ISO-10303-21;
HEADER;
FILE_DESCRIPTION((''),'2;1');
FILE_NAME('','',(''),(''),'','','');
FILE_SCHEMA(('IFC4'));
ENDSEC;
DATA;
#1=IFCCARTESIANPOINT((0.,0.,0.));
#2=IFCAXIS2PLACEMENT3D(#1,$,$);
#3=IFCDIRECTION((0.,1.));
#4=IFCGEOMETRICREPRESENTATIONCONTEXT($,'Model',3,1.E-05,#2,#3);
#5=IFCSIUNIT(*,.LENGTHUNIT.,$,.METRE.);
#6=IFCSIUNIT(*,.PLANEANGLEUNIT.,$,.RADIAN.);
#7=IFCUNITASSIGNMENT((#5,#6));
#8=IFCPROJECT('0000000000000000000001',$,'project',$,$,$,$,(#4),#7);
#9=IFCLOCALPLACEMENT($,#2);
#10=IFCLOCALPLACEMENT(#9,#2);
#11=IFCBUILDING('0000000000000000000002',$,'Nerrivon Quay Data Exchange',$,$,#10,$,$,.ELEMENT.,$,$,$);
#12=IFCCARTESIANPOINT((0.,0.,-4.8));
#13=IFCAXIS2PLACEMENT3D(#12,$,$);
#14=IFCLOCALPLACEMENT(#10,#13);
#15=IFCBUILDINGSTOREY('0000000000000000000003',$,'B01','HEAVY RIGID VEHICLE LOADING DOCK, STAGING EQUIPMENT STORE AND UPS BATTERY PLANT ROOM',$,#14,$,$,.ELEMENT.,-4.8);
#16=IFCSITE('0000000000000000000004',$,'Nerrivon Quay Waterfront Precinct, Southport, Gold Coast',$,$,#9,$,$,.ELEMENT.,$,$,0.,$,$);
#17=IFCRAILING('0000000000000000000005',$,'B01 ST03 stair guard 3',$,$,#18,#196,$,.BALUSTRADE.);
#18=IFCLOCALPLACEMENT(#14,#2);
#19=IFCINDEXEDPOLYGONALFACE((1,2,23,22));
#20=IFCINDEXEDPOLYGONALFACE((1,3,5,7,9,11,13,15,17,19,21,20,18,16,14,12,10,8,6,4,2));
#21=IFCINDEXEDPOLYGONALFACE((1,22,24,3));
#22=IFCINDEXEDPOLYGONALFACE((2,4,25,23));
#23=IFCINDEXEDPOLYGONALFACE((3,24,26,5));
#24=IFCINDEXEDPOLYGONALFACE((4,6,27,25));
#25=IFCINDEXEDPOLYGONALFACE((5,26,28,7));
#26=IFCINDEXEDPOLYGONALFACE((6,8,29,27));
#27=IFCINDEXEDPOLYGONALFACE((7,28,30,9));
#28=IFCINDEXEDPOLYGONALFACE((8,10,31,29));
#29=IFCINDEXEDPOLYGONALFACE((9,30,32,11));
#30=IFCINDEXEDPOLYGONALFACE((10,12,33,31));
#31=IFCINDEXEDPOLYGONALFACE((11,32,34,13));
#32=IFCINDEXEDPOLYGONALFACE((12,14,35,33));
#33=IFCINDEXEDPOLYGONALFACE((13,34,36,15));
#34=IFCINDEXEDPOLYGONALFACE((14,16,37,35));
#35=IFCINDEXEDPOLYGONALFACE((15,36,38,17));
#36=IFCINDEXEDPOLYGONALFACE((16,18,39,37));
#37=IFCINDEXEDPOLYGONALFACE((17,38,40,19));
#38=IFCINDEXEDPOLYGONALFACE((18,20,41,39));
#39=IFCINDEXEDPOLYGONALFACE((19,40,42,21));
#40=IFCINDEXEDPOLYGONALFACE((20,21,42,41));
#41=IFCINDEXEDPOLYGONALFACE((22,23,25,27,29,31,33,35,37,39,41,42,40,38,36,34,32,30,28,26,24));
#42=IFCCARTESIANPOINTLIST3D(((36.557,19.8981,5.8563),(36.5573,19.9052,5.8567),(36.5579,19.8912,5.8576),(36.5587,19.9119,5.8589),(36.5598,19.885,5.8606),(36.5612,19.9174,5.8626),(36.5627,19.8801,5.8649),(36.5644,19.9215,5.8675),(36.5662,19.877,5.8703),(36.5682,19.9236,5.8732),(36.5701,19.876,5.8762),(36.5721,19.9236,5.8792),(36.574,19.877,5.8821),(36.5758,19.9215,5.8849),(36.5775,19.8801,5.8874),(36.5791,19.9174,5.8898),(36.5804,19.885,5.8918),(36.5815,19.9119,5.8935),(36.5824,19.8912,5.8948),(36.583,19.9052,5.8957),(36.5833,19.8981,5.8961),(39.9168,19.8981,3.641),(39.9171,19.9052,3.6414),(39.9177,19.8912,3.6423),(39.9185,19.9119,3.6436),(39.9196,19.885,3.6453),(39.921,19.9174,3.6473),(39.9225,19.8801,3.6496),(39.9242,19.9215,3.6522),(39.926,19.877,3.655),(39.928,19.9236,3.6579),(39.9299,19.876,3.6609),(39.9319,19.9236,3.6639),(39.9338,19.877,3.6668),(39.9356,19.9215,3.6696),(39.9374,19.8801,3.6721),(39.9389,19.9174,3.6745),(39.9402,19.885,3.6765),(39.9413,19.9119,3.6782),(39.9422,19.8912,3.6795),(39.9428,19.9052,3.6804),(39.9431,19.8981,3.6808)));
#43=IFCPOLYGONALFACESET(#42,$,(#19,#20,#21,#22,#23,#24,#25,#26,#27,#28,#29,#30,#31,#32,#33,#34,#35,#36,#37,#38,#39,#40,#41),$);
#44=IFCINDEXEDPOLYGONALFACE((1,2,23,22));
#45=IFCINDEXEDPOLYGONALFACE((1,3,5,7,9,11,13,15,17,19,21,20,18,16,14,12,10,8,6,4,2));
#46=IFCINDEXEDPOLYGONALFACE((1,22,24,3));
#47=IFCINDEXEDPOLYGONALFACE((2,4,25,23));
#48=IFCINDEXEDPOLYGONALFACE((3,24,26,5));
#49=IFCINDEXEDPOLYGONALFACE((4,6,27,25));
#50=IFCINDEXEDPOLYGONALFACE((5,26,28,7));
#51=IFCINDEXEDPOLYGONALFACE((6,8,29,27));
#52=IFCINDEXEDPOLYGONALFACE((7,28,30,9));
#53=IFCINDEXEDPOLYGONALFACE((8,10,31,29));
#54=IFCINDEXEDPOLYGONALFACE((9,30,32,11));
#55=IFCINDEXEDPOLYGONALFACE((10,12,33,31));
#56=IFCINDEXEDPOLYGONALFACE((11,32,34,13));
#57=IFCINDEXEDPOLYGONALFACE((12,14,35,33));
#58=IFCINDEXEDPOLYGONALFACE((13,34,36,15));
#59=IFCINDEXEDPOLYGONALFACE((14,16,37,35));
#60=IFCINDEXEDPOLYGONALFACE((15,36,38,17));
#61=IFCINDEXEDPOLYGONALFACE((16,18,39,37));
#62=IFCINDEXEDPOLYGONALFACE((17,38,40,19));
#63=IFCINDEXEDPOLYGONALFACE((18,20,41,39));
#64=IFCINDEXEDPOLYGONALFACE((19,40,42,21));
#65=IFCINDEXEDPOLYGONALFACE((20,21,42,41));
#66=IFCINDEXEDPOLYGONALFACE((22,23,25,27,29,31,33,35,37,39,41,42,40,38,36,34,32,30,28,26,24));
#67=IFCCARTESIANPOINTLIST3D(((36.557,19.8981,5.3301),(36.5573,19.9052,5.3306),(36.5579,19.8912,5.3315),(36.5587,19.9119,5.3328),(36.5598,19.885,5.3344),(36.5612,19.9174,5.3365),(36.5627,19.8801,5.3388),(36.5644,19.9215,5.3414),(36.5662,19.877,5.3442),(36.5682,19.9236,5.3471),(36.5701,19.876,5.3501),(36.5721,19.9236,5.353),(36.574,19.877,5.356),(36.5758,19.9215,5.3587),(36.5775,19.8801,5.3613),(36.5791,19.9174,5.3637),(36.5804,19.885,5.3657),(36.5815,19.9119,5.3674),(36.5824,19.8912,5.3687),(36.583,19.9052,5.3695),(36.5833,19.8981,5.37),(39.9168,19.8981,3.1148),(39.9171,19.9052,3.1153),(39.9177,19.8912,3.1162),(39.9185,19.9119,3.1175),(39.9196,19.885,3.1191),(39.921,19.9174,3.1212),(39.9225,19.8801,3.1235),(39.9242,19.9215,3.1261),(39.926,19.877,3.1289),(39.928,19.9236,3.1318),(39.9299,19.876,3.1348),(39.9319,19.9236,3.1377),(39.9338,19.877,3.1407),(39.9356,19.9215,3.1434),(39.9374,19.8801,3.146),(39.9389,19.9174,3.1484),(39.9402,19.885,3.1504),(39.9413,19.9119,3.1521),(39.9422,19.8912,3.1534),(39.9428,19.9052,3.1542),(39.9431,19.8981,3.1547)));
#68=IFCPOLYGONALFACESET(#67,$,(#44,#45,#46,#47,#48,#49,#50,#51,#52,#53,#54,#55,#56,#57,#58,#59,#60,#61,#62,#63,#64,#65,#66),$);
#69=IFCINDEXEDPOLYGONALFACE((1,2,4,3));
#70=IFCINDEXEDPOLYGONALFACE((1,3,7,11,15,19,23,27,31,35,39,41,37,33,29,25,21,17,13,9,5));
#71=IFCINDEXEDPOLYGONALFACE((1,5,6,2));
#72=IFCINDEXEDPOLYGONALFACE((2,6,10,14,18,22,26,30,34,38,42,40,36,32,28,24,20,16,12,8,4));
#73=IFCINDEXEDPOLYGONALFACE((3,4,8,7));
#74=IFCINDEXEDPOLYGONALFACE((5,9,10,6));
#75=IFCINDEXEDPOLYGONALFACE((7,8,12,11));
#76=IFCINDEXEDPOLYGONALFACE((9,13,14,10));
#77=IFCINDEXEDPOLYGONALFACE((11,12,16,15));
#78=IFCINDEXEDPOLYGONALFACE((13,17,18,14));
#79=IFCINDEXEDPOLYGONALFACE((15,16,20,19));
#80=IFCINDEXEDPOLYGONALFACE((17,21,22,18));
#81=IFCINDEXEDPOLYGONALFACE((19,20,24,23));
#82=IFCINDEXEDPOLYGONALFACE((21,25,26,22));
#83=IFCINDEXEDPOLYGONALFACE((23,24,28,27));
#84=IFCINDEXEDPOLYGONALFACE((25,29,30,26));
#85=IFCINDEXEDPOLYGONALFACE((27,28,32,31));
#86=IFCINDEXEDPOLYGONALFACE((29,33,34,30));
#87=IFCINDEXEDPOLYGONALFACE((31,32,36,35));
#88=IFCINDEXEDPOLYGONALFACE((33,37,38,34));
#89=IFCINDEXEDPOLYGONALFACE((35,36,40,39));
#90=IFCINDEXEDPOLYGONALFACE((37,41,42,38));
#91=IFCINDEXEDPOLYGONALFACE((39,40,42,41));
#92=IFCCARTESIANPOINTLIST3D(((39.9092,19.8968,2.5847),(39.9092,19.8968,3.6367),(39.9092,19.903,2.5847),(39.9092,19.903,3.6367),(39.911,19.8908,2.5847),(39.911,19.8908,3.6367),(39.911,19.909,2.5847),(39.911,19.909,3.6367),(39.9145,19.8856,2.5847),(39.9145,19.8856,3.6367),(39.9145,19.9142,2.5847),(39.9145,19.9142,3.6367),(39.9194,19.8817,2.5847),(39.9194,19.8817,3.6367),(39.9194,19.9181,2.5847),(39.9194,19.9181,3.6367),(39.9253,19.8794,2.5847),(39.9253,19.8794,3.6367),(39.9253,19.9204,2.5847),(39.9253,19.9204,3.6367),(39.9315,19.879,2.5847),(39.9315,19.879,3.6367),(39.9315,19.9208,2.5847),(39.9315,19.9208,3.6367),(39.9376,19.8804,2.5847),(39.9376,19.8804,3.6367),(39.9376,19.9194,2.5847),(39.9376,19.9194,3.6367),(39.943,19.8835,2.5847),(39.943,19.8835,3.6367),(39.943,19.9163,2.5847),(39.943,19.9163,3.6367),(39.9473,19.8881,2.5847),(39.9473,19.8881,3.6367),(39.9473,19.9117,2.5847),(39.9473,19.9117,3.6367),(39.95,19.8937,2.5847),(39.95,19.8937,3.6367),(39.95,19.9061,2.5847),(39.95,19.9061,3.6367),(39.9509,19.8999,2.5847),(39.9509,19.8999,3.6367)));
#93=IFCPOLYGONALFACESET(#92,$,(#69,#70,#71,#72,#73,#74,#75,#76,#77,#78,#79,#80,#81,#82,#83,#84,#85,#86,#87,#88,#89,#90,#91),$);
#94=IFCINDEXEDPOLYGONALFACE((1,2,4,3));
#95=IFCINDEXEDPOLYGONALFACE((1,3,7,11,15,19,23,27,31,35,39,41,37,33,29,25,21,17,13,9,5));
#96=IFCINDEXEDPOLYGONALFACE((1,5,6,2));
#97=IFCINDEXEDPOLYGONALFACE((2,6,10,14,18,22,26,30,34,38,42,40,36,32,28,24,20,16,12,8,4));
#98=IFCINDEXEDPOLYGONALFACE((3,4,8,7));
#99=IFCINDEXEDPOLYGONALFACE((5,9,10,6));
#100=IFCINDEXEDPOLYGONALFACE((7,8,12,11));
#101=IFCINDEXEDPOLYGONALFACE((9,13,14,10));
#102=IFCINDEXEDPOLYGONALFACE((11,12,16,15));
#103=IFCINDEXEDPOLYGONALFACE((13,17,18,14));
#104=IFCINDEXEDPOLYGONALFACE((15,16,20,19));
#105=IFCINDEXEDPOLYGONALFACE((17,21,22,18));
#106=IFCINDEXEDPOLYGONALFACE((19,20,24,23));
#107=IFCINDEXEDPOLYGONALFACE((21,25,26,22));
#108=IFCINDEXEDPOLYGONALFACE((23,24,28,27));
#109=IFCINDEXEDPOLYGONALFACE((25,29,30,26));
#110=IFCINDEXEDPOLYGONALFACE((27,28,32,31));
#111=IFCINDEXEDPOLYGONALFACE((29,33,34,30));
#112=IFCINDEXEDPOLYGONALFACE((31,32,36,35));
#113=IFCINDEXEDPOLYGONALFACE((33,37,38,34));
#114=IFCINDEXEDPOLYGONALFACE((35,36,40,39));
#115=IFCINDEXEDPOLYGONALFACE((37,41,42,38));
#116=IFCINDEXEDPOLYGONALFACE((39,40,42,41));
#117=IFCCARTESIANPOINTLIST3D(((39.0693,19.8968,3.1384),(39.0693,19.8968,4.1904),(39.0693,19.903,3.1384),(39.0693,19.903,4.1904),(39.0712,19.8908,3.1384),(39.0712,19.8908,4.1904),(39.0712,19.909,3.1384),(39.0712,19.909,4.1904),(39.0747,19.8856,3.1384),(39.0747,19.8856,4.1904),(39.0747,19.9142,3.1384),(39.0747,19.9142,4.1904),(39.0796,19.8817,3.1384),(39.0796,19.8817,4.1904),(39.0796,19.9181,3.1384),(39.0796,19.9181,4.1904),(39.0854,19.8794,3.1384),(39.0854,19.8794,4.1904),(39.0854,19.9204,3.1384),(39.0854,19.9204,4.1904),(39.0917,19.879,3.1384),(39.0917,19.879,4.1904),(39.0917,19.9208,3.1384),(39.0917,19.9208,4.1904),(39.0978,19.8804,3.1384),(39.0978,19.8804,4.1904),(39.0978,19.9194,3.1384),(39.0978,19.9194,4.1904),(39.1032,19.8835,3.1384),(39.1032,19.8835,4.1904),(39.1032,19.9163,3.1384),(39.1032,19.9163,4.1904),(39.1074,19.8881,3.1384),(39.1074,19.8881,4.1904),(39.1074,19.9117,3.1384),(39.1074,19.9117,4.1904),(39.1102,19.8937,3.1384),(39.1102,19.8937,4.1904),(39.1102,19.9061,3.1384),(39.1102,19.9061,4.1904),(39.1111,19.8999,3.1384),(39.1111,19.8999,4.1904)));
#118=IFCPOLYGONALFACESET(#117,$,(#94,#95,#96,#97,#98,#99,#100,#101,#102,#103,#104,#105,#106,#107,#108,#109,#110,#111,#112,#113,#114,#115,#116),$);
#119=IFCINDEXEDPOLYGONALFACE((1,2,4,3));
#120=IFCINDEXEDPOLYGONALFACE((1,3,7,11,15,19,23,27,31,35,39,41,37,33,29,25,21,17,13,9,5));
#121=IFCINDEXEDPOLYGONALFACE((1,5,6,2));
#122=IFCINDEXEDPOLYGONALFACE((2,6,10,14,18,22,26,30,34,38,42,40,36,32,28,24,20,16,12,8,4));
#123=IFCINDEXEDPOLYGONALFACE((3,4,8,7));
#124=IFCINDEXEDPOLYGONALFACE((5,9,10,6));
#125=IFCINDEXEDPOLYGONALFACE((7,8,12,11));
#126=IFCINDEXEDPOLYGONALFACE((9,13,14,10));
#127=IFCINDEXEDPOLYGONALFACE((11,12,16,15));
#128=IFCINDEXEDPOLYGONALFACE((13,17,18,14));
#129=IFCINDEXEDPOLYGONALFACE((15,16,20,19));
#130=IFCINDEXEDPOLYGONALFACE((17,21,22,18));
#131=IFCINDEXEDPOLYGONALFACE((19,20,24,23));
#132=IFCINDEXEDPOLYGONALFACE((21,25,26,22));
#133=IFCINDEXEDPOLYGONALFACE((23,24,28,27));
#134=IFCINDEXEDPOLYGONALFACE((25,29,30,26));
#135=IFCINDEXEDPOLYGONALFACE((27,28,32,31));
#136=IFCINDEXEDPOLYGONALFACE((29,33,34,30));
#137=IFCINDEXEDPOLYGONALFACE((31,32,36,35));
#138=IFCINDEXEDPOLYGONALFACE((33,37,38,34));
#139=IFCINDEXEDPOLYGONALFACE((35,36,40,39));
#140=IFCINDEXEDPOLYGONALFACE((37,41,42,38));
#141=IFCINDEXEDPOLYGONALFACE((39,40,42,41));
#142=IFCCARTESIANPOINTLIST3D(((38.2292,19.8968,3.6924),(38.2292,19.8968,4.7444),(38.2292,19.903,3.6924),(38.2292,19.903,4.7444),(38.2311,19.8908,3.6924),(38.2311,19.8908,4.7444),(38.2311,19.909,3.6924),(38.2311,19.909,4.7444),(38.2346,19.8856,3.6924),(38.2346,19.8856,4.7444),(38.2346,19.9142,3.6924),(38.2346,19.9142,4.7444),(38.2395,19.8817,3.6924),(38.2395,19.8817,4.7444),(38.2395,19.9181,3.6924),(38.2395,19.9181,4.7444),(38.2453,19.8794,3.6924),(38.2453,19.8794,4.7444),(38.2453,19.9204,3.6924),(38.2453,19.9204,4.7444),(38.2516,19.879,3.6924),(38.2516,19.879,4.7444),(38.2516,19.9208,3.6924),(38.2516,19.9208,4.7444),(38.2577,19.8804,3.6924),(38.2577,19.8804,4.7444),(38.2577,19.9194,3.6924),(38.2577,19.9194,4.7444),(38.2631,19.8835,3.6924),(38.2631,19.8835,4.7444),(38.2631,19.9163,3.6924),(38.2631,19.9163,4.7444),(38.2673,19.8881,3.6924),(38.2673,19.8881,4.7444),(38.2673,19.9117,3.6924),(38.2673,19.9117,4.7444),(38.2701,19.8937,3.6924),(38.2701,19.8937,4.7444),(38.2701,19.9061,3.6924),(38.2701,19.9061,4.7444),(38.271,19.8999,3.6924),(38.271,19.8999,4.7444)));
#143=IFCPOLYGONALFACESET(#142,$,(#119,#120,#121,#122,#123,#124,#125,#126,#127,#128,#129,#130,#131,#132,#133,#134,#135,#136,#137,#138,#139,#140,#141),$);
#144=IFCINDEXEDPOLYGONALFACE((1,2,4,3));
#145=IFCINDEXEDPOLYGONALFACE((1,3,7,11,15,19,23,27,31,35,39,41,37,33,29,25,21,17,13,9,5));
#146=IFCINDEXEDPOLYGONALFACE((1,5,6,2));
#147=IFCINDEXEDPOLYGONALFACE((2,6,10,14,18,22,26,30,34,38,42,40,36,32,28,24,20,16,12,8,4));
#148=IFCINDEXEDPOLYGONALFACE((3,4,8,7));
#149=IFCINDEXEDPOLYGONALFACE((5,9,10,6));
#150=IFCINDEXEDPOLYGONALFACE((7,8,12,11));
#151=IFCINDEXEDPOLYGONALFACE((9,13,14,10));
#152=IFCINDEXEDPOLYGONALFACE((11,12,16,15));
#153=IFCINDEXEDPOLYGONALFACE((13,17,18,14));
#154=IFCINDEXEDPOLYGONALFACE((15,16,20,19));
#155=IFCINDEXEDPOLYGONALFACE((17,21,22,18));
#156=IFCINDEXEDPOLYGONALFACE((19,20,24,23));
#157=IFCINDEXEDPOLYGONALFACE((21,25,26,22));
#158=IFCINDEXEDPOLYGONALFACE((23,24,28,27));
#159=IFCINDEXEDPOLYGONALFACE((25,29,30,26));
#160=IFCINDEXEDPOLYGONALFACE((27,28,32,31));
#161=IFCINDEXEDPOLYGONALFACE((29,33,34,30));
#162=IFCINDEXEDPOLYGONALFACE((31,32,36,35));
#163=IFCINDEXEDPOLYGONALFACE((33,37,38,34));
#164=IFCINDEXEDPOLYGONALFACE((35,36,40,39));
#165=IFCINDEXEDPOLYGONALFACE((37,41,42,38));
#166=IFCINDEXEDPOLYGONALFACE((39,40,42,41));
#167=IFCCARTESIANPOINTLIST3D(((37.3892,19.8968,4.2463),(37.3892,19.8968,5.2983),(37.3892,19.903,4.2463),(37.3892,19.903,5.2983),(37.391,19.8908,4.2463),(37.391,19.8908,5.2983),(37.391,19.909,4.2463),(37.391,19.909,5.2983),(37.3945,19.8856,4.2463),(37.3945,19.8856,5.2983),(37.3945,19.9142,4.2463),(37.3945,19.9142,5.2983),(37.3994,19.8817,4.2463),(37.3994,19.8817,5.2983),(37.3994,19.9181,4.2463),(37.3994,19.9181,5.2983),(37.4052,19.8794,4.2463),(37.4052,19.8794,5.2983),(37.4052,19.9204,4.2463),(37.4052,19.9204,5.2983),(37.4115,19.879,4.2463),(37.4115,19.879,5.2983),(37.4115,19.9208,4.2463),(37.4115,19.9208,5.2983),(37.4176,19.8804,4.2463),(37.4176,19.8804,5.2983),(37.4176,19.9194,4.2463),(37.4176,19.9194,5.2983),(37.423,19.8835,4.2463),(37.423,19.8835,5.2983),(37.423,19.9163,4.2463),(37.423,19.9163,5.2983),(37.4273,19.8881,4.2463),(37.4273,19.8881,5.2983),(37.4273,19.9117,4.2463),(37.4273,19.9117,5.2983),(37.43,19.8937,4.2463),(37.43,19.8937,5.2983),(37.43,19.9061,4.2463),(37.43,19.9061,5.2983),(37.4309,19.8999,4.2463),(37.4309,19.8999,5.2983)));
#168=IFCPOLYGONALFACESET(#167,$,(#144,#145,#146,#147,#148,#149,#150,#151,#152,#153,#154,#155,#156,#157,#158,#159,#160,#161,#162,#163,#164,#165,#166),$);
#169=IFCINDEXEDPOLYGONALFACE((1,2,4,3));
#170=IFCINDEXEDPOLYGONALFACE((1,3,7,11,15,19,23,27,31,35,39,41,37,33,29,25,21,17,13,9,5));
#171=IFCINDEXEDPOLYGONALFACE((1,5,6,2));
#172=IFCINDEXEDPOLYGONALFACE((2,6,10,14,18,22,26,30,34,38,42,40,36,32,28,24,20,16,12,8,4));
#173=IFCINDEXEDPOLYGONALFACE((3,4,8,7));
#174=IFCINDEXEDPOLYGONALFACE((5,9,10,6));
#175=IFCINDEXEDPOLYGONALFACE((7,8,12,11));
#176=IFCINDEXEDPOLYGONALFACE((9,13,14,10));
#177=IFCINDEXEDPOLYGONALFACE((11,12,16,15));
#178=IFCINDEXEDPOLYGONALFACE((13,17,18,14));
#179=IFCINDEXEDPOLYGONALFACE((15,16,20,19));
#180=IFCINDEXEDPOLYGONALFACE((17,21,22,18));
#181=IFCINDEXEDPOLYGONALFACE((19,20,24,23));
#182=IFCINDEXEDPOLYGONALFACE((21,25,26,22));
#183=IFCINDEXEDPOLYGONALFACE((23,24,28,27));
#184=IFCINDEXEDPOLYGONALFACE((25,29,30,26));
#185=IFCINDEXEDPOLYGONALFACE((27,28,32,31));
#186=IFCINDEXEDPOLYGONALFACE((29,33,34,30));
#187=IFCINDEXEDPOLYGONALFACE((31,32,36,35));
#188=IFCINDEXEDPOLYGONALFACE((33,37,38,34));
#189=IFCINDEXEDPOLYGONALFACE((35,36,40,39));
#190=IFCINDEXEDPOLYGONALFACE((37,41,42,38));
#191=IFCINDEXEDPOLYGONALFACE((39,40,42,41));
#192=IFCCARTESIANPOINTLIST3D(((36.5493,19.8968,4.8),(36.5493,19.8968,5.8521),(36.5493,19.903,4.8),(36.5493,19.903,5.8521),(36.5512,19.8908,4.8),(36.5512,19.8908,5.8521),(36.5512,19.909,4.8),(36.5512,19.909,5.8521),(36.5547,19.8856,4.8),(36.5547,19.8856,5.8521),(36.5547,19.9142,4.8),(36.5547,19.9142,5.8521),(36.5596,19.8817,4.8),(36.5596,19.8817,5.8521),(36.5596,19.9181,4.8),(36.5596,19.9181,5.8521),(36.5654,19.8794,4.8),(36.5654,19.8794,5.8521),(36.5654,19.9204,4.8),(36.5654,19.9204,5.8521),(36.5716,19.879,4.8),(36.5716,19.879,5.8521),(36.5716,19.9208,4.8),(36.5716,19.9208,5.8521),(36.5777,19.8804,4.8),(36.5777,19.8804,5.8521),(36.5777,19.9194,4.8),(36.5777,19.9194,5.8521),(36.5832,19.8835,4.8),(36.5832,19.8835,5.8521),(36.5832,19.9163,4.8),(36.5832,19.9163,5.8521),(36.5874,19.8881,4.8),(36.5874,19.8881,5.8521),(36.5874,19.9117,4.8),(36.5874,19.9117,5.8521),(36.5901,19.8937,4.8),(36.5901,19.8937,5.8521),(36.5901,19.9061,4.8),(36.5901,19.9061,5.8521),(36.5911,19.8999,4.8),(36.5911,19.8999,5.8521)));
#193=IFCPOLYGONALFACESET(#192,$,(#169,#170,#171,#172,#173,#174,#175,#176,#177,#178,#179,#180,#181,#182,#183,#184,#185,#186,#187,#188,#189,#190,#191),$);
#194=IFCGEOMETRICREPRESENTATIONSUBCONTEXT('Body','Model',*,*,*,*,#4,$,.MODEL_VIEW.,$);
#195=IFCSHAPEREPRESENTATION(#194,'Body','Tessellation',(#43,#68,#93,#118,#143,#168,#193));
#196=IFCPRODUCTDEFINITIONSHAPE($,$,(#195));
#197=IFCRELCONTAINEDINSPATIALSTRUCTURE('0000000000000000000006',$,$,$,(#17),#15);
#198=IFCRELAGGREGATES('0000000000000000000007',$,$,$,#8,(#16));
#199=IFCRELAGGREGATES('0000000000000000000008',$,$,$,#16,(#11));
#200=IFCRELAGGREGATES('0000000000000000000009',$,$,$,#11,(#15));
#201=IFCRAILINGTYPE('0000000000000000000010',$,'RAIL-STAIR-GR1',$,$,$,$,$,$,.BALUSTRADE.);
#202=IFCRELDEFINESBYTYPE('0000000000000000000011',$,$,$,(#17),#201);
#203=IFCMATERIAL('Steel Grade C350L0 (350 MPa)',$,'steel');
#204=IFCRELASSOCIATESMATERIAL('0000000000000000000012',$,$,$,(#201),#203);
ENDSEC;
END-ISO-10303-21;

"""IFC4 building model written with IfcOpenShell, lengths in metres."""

from ifc_helpers import new_model, si_unit, direction, frame, origin, origin_2d, place, context, subcontext, project, spatial, circle, extrude, material, type_object, element, save


model = new_model("IFC4")

# Units and contexts
model_context = context("Model", 3, precision=1e-05, world=origin(), true_north=direction((0.0, 1.0)))
body_context = subcontext(model_context, "Body", "Model", "MODEL_VIEW")
ifc_project = project(units=[si_unit("LENGTHUNIT", "METRE"), si_unit("PLANEANGLEUNIT", "RADIAN")], contexts=[model_context])

# Site, building, storey
site_placement = place(None, origin())
site = spatial("IfcSite", under=ifc_project, at=site_placement, Name="Nerrivon Quay Waterfront Precinct, Southport, Gold Coast", CompositionType="ELEMENT", RefElevation=0.0)
building_placement = place(site_placement, origin())
building = spatial("IfcBuilding", under=site, at=building_placement, Name="Nerrivon Quay Data Exchange", CompositionType="ELEMENT")
storey_placement = place(building_placement, frame((0.0, 0.0, -4.8)))
storey = spatial("IfcBuildingStorey", under=building, at=storey_placement, Name="B01", Description="HEAVY RIGID VEHICLE LOADING DOCK, STAGING EQUIPMENT STORE AND UPS BATTERY PLANT ROOM", CompositionType="ELEMENT", Elevation=-4.8)

# Railing
ifc_material_1 = material(Name="Steel Grade C350L0 (350 MPa)", Category="steel")
railing_type_1 = type_object("IfcRailingType", Name="RAIL-STAIR-GR1", PredefinedType="BALUSTRADE", material=ifc_material_1)
railing_1_placement = place(storey_placement, frame((39.9299, 19.8999, 2.5847)))
element("IfcRailing", 1, at=railing_1_placement, inside=storey, type_object=railing_type_1, Name="B01 ST03 stair guard 3", PredefinedType="BALUSTRADE", context=body_context, shape_type="SweptSolid", body=[
    extrude(circle(Radius=0.0239, at=origin_2d()), frame((0.0, 0.0, 1.0762), z_axis=(-0.834858, 0.0, 0.550465), x_axis=(0.0, -1.0, 0.0)), (0.0, 0.0, 1.0), 4.0244),
    extrude(circle(Radius=0.0239, at=origin_2d()), frame((0.0, 0.0, 0.55), z_axis=(-0.834858, 0.0, 0.550465), x_axis=(0.0, -1.0, 0.0)), (0.0, 0.0, 1.0), 4.0244),
    extrude(circle(Radius=0.021, at=origin_2d()), origin(), (0.0, 0.0, 1.0), 1.052),
    extrude(circle(Radius=0.021, at=origin_2d()), frame((-0.8398, 0.0, 0.5537)), (0.0, 0.0, 1.0), 1.052),
    extrude(circle(Radius=0.021, at=origin_2d()), frame((-1.6799, 0.0, 1.1077)), (0.0, 0.0, 1.0), 1.052),
    extrude(circle(Radius=0.021, at=origin_2d()), frame((-2.52, 0.0, 1.6616)), (0.0, 0.0, 1.0), 1.052),
    extrude(circle(Radius=0.021, at=origin_2d()), frame((-3.3599, 0.0, 2.2153)), (0.0, 0.0, 1.0), 1.052),
])

save(model, "model.ifc")
